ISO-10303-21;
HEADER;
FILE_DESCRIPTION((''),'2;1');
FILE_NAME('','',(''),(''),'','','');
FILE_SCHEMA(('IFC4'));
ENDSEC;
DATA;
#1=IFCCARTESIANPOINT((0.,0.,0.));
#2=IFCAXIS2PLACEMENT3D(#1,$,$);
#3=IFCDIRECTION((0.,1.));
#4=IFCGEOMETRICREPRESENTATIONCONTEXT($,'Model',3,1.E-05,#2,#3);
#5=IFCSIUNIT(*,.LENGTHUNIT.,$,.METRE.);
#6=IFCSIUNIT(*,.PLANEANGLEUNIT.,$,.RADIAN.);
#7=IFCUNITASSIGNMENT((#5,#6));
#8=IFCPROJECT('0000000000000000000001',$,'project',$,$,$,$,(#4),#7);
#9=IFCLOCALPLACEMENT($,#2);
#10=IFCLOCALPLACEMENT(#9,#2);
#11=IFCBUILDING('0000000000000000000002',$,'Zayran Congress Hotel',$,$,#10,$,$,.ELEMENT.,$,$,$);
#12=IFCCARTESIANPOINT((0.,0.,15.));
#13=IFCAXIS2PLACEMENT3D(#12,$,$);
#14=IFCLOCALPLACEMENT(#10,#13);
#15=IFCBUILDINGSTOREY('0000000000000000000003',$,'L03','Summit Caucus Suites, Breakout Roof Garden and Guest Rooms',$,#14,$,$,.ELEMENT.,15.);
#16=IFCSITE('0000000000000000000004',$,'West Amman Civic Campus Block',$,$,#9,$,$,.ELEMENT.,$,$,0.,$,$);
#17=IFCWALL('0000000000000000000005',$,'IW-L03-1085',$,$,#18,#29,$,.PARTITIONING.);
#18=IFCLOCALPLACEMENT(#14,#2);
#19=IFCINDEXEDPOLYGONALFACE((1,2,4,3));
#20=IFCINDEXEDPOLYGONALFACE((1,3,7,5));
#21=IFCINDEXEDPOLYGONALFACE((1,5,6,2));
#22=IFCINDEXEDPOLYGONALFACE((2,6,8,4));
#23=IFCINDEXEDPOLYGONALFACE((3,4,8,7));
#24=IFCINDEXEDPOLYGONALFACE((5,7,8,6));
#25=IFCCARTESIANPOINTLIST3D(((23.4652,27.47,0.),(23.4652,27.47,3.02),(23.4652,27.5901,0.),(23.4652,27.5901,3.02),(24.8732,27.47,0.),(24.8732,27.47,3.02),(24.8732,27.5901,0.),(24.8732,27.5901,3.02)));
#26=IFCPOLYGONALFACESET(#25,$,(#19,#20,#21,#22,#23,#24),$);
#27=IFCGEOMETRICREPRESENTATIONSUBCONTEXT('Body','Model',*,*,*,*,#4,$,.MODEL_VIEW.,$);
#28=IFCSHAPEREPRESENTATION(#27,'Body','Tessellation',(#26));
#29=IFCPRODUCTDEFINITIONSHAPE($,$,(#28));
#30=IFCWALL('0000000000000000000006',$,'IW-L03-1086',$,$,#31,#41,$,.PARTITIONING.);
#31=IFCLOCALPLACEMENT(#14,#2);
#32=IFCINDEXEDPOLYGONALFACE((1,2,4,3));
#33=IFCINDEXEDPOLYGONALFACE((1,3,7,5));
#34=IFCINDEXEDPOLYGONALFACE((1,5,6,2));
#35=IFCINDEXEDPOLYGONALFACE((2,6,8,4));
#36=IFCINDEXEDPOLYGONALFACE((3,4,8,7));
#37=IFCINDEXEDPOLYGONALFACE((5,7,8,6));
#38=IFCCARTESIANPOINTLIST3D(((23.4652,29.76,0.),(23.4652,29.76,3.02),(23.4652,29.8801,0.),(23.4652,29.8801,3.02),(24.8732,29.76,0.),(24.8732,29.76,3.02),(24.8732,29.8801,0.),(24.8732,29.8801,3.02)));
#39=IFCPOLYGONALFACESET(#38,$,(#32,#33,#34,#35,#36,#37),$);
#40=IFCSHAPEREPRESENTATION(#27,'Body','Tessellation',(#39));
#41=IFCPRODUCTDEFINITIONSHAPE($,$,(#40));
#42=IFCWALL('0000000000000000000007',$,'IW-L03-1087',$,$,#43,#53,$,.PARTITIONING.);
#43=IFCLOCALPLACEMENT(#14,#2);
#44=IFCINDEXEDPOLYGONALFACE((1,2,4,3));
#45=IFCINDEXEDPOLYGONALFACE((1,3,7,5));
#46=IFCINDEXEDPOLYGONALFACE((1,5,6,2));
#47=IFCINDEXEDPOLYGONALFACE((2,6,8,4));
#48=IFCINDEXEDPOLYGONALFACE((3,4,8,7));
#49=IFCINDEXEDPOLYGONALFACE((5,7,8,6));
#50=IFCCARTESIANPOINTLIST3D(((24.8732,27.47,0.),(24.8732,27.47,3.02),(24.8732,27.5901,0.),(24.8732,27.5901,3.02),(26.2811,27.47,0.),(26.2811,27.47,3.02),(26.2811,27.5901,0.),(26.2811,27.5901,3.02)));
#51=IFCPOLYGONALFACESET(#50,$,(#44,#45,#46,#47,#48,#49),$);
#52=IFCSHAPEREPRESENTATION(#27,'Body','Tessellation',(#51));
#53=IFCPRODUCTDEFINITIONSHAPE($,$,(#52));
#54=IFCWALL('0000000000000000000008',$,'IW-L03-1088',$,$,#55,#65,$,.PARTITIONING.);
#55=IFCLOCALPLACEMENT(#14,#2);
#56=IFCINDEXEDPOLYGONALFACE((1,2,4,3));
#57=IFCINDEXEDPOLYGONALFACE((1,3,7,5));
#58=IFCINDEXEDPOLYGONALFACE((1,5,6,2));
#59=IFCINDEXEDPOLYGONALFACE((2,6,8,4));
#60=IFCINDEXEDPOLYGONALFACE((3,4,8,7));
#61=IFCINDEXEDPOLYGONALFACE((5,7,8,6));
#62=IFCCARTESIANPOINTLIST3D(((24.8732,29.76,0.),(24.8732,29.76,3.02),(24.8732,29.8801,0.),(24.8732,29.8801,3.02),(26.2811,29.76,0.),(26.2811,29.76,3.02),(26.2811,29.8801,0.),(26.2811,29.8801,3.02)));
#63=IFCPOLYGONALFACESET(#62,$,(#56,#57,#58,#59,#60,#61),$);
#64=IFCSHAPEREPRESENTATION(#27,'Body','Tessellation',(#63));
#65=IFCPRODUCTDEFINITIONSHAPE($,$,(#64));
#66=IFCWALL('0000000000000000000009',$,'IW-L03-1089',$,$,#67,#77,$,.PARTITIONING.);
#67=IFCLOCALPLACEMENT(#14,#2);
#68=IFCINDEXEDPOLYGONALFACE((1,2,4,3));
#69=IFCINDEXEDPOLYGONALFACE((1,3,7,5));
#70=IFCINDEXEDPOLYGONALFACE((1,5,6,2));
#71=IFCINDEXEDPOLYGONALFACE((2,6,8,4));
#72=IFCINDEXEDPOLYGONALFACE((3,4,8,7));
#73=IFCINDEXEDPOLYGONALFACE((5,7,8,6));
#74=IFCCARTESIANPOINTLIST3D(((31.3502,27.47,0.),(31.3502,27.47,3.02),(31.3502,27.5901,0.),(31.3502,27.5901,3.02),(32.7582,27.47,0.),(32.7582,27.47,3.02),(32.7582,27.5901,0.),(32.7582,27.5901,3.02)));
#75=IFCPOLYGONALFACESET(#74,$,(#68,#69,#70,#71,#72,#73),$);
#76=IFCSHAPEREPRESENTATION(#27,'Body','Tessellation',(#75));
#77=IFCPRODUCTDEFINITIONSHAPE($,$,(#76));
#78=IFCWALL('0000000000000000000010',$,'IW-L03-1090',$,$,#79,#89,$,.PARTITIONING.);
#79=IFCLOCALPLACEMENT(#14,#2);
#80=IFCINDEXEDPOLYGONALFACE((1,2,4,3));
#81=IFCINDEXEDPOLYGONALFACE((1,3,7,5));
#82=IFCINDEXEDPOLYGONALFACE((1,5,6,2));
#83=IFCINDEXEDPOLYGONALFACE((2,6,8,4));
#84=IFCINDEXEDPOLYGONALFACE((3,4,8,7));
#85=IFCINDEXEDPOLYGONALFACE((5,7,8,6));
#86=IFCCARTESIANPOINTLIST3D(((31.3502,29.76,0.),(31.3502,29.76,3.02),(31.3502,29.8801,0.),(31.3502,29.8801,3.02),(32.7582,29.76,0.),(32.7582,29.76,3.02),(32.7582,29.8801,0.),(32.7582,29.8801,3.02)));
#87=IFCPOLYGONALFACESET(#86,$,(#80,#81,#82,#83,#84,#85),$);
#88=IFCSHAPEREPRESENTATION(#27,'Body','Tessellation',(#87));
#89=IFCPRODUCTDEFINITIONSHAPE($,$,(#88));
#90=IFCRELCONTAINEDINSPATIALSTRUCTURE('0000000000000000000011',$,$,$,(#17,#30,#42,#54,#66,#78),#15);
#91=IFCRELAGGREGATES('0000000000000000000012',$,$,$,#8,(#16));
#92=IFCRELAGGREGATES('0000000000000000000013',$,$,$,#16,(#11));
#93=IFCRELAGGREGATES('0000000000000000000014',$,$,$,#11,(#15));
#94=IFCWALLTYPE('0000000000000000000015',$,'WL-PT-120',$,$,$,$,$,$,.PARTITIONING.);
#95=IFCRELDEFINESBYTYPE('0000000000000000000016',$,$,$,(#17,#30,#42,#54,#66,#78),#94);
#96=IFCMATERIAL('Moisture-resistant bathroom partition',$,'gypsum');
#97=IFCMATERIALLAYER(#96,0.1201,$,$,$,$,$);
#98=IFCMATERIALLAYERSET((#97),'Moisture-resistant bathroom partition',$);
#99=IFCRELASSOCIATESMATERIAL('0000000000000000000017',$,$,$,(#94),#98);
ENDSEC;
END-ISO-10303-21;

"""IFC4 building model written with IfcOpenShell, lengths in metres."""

from ifc_helpers import new_model, si_unit, direction, frame, frame_2d, origin, place, context, subcontext, project, spatial, rectangle, extrude, material, layer, layer_set, type_object, element, save


model = new_model("IFC4")

# Units and contexts
model_context = context("Model", 3, precision=1e-05, world=origin(), true_north=direction((0.0, 1.0)))
body_context = subcontext(model_context, "Body", "Model", "MODEL_VIEW")
ifc_project = project(units=[si_unit("LENGTHUNIT", "METRE"), si_unit("PLANEANGLEUNIT", "RADIAN")], contexts=[model_context])

# Site, building, storey
site_placement = place(None, origin())
site = spatial("IfcSite", under=ifc_project, at=site_placement, Name="West Amman Civic Campus Block", CompositionType="ELEMENT", RefElevation=0.0)
building_placement = place(site_placement, origin())
building = spatial("IfcBuilding", under=site, at=building_placement, Name="Zayran Congress Hotel", CompositionType="ELEMENT")
storey_placement = place(building_placement, frame((0.0, 0.0, 15.0)))
storey = spatial("IfcBuildingStorey", under=building, at=storey_placement, Name="L03", Description="Summit Caucus Suites, Breakout Roof Garden and Guest Rooms", CompositionType="ELEMENT", Elevation=15.0)

# Shared definitions
ifc_material_1 = material(Name="Moisture-resistant bathroom partition", Category="gypsum")
ifc_layer_1 = layer(ifc_material_1, 0.1201)
ifc_layer_set_1 = layer_set([ifc_layer_1], Name="Moisture-resistant bathroom partition")
wall_type_1 = type_object("IfcWallType", Name="WL-PT-120", PredefinedType="PARTITIONING", material=ifc_layer_set_1)

# Walls
for number, where, z_axis, x_axis, name in (
    (1, (23.4651, 27.53, 0.0), (0.0, 0.0, 1.0), (1.0, 0.0, 0.0), "IW-L03-1085"),
    (2, (23.4651, 29.8201, 0.0), (0.0, 0.0, 1.0), (1.0, 0.0, 0.0), "IW-L03-1086"),
    (3, (24.873, 27.53, 0.0), (0.0, 0.0, 1.0), (1.0, 0.0, 0.0), "IW-L03-1087"),
    (4, (24.873, 29.8201, 0.0), (0.0, 0.0, 1.0), (1.0, 0.0, 0.0), "IW-L03-1088"),
    (5, (31.3501, 27.53, 0.0), (0.0, 0.0, 1.0), (1.0, 0.0, 0.0), "IW-L03-1089"),
    (6, (31.3501, 29.8201, 0.0), (0.0, 0.0, 1.0), (1.0, 0.0, 0.0), "IW-L03-1090"),
):
    element("IfcWall", number, at=place(storey_placement, frame(where, z_axis=z_axis, x_axis=x_axis)), inside=storey, type_object=wall_type_1, Name=name, PredefinedType="PARTITIONING", context=body_context, shape_type="SweptSolid", body=[
        extrude(rectangle(XDim=1.408, YDim=0.1201, at=frame_2d((0.7041, 0.0))), origin(), (0.0, 0.0, 1.0), 3.02),
    ])

save(model, "model.ifc")
